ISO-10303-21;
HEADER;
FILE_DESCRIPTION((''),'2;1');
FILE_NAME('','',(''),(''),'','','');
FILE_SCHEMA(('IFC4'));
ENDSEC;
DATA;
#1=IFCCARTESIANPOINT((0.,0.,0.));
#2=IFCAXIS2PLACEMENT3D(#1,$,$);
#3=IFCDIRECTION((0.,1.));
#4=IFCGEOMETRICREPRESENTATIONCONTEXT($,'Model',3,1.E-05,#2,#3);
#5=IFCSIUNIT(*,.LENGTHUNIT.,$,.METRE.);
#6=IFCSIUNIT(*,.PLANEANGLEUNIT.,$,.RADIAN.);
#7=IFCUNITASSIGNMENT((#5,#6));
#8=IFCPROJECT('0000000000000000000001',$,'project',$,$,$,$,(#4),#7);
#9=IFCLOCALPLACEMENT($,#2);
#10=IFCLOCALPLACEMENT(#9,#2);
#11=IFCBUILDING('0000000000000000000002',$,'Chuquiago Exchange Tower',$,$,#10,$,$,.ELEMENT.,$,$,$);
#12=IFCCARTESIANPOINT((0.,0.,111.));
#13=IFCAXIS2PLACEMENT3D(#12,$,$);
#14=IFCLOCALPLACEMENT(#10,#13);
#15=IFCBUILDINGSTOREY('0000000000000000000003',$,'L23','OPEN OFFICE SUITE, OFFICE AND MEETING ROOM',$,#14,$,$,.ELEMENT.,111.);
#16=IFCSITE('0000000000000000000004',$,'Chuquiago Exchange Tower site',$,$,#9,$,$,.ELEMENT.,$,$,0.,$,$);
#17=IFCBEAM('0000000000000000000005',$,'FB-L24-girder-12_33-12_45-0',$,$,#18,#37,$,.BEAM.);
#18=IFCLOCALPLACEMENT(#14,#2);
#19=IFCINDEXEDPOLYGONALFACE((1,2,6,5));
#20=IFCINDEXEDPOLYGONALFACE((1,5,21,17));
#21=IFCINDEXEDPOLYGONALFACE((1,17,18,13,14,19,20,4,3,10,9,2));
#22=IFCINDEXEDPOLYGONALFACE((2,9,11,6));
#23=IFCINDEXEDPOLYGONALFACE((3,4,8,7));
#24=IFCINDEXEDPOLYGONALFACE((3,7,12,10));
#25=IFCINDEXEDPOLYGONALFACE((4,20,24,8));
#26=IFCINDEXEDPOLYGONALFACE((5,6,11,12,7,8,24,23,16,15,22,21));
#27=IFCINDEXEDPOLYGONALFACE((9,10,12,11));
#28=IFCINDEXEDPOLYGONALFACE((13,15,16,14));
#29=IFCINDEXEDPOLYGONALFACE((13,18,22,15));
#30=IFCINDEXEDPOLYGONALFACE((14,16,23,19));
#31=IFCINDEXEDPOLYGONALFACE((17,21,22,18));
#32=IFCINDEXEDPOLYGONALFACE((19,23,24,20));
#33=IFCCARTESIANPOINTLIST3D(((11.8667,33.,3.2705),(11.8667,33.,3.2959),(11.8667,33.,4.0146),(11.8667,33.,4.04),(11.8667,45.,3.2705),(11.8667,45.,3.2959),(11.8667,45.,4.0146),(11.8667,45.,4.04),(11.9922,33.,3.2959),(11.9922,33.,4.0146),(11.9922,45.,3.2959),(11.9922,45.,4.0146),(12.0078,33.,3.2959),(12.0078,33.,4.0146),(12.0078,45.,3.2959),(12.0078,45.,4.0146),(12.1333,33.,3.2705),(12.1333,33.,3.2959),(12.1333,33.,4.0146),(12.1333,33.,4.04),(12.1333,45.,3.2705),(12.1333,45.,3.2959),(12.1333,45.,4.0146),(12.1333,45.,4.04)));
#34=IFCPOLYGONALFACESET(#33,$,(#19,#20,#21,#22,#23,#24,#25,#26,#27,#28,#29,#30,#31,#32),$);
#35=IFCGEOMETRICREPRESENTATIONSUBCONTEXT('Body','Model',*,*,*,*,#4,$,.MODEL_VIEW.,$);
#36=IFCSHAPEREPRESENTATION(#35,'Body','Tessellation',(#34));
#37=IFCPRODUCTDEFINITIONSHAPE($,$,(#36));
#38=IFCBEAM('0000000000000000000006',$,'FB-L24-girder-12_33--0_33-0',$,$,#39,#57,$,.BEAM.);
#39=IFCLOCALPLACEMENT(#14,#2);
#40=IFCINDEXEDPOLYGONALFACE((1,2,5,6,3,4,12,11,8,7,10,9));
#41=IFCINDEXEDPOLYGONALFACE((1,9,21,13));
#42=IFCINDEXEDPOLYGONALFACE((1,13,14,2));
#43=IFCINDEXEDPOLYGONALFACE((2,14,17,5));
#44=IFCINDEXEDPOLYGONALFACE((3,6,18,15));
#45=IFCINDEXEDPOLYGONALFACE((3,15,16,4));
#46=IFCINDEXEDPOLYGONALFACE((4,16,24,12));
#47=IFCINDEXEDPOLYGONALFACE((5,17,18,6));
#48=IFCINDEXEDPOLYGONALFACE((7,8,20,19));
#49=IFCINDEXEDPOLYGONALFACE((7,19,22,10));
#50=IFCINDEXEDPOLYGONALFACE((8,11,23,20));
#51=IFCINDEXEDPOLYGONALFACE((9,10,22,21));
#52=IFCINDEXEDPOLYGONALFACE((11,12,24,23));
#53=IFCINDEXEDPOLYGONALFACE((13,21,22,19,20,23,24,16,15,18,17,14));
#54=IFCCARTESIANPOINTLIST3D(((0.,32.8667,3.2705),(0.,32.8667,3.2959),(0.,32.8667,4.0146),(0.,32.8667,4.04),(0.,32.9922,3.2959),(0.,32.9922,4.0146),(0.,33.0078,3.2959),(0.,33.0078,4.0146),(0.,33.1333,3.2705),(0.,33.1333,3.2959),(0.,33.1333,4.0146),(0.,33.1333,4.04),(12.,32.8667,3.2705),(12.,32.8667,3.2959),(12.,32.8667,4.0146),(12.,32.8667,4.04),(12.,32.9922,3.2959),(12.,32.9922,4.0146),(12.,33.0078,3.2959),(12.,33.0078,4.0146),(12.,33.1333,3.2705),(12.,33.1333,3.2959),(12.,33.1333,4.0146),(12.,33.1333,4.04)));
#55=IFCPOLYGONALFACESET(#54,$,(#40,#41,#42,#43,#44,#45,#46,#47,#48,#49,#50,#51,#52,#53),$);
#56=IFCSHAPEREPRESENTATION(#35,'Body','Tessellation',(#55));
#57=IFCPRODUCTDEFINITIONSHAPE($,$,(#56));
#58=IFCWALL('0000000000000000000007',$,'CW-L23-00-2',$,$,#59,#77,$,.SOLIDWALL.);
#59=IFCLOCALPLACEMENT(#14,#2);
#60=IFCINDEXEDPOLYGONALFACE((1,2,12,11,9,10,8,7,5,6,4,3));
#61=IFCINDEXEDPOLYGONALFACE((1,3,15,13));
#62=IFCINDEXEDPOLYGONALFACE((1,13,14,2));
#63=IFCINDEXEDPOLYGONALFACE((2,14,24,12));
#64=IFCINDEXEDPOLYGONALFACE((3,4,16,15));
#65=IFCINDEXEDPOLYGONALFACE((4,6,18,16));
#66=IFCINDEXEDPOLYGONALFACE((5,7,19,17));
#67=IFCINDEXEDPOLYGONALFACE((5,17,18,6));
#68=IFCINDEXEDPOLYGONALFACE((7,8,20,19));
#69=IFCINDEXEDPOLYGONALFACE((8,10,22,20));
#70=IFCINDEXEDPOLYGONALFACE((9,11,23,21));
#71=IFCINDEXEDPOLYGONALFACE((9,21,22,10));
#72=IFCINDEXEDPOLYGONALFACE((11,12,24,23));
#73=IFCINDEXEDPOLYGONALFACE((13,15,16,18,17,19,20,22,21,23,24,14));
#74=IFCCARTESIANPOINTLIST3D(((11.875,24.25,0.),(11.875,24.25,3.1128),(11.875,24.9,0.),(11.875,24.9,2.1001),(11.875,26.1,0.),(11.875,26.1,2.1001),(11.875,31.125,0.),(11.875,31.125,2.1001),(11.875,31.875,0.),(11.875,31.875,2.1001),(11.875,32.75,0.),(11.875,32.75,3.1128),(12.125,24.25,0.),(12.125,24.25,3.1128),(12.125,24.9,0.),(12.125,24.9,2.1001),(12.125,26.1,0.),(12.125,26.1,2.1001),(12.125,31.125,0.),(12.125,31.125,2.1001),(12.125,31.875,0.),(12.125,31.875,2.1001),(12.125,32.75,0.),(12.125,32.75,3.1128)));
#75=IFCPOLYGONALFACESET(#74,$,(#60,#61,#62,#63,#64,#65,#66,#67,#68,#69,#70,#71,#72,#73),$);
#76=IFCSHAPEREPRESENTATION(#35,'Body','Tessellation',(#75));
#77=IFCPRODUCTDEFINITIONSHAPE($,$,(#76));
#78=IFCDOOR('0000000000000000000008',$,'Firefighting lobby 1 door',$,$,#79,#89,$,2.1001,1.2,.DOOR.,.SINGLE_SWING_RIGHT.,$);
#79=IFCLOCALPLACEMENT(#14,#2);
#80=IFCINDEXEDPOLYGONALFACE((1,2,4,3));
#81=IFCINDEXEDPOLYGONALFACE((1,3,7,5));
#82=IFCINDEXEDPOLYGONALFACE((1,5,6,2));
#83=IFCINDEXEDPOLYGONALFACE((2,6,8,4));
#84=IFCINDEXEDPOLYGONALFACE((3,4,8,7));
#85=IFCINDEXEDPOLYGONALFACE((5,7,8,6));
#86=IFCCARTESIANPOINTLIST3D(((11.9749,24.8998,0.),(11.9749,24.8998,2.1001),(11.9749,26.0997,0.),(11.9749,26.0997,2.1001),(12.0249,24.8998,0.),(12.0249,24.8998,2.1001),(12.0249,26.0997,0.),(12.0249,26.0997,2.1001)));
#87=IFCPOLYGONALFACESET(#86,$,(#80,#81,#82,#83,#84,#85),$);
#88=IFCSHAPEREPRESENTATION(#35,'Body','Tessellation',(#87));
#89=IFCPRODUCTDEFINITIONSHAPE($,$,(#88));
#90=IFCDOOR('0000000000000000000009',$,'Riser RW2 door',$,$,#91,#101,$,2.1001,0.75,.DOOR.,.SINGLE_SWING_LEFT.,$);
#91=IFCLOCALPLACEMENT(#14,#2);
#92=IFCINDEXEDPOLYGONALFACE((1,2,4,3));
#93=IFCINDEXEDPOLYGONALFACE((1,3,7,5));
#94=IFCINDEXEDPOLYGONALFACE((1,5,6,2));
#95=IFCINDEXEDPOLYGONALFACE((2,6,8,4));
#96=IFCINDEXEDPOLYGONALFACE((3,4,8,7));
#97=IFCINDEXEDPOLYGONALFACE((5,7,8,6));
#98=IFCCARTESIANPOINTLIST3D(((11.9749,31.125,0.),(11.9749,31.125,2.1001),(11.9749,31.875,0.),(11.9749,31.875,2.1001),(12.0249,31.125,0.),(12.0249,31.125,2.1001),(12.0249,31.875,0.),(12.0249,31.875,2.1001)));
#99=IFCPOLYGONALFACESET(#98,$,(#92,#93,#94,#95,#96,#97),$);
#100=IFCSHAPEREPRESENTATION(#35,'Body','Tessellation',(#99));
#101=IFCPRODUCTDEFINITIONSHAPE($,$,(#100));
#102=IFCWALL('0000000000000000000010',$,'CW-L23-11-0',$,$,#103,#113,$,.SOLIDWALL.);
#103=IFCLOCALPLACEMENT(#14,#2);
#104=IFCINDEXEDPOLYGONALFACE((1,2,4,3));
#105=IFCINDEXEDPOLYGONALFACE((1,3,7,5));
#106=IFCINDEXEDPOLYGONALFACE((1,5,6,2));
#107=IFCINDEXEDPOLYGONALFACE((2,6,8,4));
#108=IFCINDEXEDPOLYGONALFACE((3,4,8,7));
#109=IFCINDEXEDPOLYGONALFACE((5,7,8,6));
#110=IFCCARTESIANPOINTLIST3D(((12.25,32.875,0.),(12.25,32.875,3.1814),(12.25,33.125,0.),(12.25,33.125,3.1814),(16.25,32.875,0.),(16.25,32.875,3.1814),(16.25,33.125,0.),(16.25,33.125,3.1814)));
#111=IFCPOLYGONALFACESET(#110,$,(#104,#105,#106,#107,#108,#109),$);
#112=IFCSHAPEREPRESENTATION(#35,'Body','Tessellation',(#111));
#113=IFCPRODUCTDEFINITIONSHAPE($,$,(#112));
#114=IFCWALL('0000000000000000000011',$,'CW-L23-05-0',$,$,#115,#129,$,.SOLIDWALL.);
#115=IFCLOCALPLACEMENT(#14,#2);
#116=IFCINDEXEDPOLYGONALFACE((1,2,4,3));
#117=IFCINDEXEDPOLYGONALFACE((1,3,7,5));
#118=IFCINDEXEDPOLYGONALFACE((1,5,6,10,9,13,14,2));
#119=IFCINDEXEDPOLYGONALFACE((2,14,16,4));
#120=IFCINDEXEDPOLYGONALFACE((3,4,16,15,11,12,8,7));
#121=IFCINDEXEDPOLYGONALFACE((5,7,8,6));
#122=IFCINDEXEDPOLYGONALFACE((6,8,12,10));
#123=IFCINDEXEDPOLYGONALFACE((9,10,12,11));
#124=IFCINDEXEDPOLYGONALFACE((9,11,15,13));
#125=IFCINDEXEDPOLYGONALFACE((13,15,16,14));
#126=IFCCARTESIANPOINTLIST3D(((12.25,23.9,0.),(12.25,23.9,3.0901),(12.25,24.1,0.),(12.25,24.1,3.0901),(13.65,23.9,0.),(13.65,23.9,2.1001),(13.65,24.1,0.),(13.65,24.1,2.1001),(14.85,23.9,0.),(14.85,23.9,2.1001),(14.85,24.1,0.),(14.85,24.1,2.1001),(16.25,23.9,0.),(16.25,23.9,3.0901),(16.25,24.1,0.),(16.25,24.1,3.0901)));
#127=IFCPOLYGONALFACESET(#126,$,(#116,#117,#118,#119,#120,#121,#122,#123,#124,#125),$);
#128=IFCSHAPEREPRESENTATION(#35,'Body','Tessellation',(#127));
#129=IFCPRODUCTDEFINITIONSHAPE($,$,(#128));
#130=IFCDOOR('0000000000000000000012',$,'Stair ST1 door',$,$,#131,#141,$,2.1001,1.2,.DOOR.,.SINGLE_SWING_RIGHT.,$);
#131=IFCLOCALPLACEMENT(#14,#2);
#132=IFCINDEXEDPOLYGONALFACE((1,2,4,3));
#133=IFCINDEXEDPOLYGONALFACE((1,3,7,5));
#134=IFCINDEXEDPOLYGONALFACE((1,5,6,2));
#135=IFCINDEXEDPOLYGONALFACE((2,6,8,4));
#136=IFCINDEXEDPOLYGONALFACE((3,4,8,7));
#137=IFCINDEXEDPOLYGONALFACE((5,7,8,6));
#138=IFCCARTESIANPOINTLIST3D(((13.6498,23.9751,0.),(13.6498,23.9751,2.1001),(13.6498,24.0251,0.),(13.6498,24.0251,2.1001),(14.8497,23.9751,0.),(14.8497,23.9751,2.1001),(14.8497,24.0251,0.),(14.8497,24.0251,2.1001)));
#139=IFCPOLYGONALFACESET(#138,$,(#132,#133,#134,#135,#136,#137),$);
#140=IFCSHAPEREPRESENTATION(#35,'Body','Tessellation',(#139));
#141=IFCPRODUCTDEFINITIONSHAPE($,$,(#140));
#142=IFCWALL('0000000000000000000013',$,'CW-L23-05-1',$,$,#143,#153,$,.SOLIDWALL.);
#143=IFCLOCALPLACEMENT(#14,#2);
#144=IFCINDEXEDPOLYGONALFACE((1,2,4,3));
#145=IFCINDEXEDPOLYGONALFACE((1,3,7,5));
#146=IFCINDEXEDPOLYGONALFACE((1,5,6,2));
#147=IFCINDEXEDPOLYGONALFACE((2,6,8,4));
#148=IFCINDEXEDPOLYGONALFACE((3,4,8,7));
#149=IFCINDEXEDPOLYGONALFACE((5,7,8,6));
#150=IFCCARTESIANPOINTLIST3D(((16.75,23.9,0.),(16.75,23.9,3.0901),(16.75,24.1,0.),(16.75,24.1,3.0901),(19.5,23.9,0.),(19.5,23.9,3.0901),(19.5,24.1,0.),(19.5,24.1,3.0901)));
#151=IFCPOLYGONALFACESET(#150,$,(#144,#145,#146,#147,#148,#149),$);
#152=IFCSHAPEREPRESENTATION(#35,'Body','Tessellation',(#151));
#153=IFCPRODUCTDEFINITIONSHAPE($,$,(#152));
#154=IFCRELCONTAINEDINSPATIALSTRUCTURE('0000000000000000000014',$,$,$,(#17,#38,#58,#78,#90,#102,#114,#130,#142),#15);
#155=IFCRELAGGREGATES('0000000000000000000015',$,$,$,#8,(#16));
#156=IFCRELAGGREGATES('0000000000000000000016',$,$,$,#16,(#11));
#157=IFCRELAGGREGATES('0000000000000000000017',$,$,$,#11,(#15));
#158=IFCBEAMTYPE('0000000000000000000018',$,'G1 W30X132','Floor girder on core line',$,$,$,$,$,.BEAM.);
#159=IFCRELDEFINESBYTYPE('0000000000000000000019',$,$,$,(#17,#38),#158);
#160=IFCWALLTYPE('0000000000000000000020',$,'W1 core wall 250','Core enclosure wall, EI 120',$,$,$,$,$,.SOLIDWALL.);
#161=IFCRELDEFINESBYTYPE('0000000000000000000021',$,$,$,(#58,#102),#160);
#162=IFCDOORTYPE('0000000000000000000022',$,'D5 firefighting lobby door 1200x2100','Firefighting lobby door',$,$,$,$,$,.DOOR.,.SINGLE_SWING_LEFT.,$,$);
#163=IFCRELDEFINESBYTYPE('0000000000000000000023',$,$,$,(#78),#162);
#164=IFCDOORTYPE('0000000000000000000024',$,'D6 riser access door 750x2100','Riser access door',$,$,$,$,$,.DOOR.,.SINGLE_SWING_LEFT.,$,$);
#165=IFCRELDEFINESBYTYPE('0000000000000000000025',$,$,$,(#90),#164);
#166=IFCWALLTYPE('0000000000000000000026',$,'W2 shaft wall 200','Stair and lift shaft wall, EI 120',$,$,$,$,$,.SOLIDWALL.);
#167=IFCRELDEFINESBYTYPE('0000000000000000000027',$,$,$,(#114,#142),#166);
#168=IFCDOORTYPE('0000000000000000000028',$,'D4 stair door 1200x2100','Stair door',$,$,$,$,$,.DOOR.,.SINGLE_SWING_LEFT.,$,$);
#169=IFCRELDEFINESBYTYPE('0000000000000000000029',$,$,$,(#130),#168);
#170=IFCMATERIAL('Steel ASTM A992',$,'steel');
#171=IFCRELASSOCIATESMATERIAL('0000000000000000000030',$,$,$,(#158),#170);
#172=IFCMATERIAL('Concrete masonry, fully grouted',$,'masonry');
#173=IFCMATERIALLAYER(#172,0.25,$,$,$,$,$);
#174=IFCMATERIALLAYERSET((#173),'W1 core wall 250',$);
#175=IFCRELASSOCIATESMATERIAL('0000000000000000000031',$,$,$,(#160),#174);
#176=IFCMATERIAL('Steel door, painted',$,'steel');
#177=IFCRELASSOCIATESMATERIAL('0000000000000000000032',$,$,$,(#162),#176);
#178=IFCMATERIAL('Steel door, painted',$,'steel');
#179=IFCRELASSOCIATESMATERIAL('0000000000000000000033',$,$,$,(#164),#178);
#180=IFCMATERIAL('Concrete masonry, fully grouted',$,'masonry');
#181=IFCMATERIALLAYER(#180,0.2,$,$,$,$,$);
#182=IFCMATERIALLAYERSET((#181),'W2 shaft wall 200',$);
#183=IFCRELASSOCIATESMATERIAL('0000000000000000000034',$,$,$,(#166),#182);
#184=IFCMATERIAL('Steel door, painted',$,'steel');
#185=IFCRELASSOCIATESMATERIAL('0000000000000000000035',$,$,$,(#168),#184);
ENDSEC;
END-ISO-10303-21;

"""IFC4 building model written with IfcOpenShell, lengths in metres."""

from ifc_helpers import new_model, si_unit, direction, frame, frame_2d, origin, origin_2d, place, context, subcontext, project, spatial, rectangle, i_section, extrude, material, layer, layer_set, material_profile, profile_set, type_object, element, fill, save


model = new_model("IFC4")

# Units and contexts
model_context = context("Model", 3, precision=1e-05, world=origin(), true_north=direction((0.0, 1.0)))
body_context = subcontext(model_context, "Body", "Model", "MODEL_VIEW")
ifc_project = project(units=[si_unit("LENGTHUNIT", "METRE"), si_unit("PLANEANGLEUNIT", "RADIAN")], contexts=[model_context])

# Site, building, storey
site_placement = place(None, origin())
site = spatial("IfcSite", under=ifc_project, at=site_placement, Name="Chuquiago Exchange Tower site", CompositionType="ELEMENT", RefElevation=0.0)
building_placement = place(site_placement, origin())
building = spatial("IfcBuilding", under=site, at=building_placement, Name="Chuquiago Exchange Tower", CompositionType="ELEMENT")
storey_placement = place(building_placement, frame((0.0, 0.0, 111.0)))
storey = spatial("IfcBuildingStorey", under=building, at=storey_placement, Name="L23", Description="OPEN OFFICE SUITE, OFFICE AND MEETING ROOM", CompositionType="ELEMENT", Elevation=111.0)

# Beams
ifc_material_1 = material(Name="Steel ASTM A992", Category="steel")
ifc_material_profile_1 = material_profile(ifc_material_1, i_section(OverallWidth=0.2666, OverallDepth=0.7695, WebThickness=0.0156, FlangeThickness=0.0254, at=origin_2d()), Name="W30X132")
ifc_profile_set_1 = profile_set([ifc_material_profile_1], Name="Steel ASTM A992")
beam_type_1 = type_object("IfcBeamType", Name="G1 W30X132", Description="Floor girder on core line", PredefinedType="BEAM", material=ifc_profile_set_1)
for number, where, z_axis, x_axis, name in (
    (1, (12.0, 33.0, 3.6553), (0.0, 1.0, 0.0), (-1.0, 0.0, 0.0), "FB-L24-girder-12_33-12_45-0"),
    (2, (12.0, 33.0, 3.6553), (-1.0, 0.0, 0.0), (0.0, -1.0, 0.0), "FB-L24-girder-12_33--0_33-0"),
):
    element("IfcBeam", number, at=place(storey_placement, frame(where, z_axis=z_axis, x_axis=x_axis)), inside=storey, type_object=beam_type_1, Name=name, PredefinedType="BEAM", context=body_context, shape_type="SweptSolid", body=[
        extrude(i_section(OverallWidth=0.2666, OverallDepth=0.7695, WebThickness=0.0156, FlangeThickness=0.0254, at=origin_2d()), origin(), (0.0, 0.0, 1.0), 12.0),
    ])

# Wall, openings, doors
ifc_material_2 = material(Name="Concrete masonry, fully grouted", Category="masonry")
ifc_layer_1 = layer(ifc_material_2, 0.25)
ifc_layer_set_1 = layer_set([ifc_layer_1], Name="W1 core wall 250")
wall_type_1 = type_object("IfcWallType", Name="W1 core wall 250", Description="Core enclosure wall, EI 120", PredefinedType="SOLIDWALL", material=ifc_layer_set_1)
wall_1_placement = place(storey_placement, frame((12.0, 24.25, 0.0), z_axis=(0.0, 0.0, 1.0), x_axis=(0.0, 1.0, 0.0)))
wall_1 = element("IfcWall", 3, at=wall_1_placement, inside=storey, type_object=wall_type_1, Name="CW-L23-00-2", PredefinedType="SOLIDWALL", context=body_context, shape_type="SweptSolid", body=[
    extrude(rectangle(XDim=8.5, YDim=0.25, at=frame_2d((4.25, 0.0))), origin(), (0.0, 0.0, 1.0), 3.1128),
])
opening_1_placement = place(wall_1_placement, frame((0.6499, 0.0, 0.0)))
opening_1 = element("IfcOpeningElement", 4, at=opening_1_placement, cuts=wall_1, PredefinedType="OPENING", context=body_context, shape_type="SweptSolid", body=[
    extrude(rectangle(XDim=1.2, YDim=2.1001, at=frame_2d((0.6001, 1.05))), frame((0.0, 0.135, 0.0), z_axis=(0.0, -1.0, 0.0), x_axis=(1.0, 0.0, 0.0)), (0.0, 0.0, 1.0), 0.27),
])
opening_2_placement = place(wall_1_placement, frame((6.875, 0.0, 0.0)))
opening_2 = element("IfcOpeningElement", 5, at=opening_2_placement, cuts=wall_1, PredefinedType="OPENING", context=body_context, shape_type="SweptSolid", body=[
    extrude(rectangle(XDim=0.75, YDim=2.1001, at=frame_2d((0.375, 1.05))), frame((0.0, 0.135, 0.0), z_axis=(0.0, -1.0, 0.0), x_axis=(1.0, 0.0, 0.0)), (0.0, 0.0, 1.0), 0.27),
])
ifc_material_3 = material(Name="Steel door, painted", Category="steel")
door_type_1 = type_object("IfcDoorType", Name="D5 firefighting lobby door 1200x2100", Description="Firefighting lobby door", OperationType="SINGLE_SWING_LEFT", PredefinedType="DOOR", material=ifc_material_3)
door_1_placement = place(opening_1_placement, frame((1.2, 0.0, 0.0), z_axis=(0.0, 0.0, 1.0), x_axis=(-1.0, 0.0, 0.0)))
door_1 = element("IfcDoor", 6, at=door_1_placement, inside=storey, type_object=door_type_1, Name="Firefighting lobby 1 door", OperationType="SINGLE_SWING_RIGHT", OverallHeight=2.1001, OverallWidth=1.2, PredefinedType="DOOR", context=body_context, shape_type="SweptSolid", body=[
    extrude(rectangle(XDim=1.2, YDim=2.1001, at=frame_2d((0.6001, 1.05))), frame((0.0, 0.0249, 0.0), z_axis=(0.0, -1.0, 0.0), x_axis=(1.0, 0.0, 0.0)), (0.0, 0.0, 1.0), 0.05),
])
fill(opening_1, door_1)
ifc_material_4 = material(Name="Steel door, painted", Category="steel")
door_type_2 = type_object("IfcDoorType", Name="D6 riser access door 750x2100", Description="Riser access door", OperationType="SINGLE_SWING_LEFT", PredefinedType="DOOR", material=ifc_material_4)
door_2_placement = place(opening_2_placement, frame((0.75, 0.0, 0.0), z_axis=(0.0, 0.0, 1.0), x_axis=(-1.0, 0.0, 0.0)))
door_2 = element("IfcDoor", 7, at=door_2_placement, inside=storey, type_object=door_type_2, Name="Riser RW2 door", OperationType="SINGLE_SWING_LEFT", OverallHeight=2.1001, OverallWidth=0.75, PredefinedType="DOOR", context=body_context, shape_type="SweptSolid", body=[
    extrude(rectangle(XDim=0.75, YDim=2.1001, at=frame_2d((0.375, 1.05))), frame((0.0, 0.0249, 0.0), z_axis=(0.0, -1.0, 0.0), x_axis=(1.0, 0.0, 0.0)), (0.0, 0.0, 1.0), 0.05),
])
fill(opening_2, door_2)

# Wall
wall_2_placement = place(storey_placement, frame((12.25, 33.0, 0.0), z_axis=(0.0, 0.0, 1.0), x_axis=(1.0, 0.0, 0.0)))
element("IfcWall", 8, at=wall_2_placement, inside=storey, type_object=wall_type_1, Name="CW-L23-11-0", PredefinedType="SOLIDWALL", context=body_context, shape_type="SweptSolid", body=[
    extrude(rectangle(XDim=4.0, YDim=0.25, at=frame_2d((2.0, 0.0))), origin(), (0.0, 0.0, 1.0), 3.1814),
])

# Wall, opening, door
ifc_material_5 = material(Name="Concrete masonry, fully grouted", Category="masonry")
ifc_layer_2 = layer(ifc_material_5, 0.2)
ifc_layer_set_2 = layer_set([ifc_layer_2], Name="W2 shaft wall 200")
wall_type_2 = type_object("IfcWallType", Name="W2 shaft wall 200", Description="Stair and lift shaft wall, EI 120", PredefinedType="SOLIDWALL", material=ifc_layer_set_2)
wall_3_placement = place(storey_placement, frame((12.25, 24.0, 0.0), z_axis=(0.0, 0.0, 1.0), x_axis=(1.0, 0.0, 0.0)))
wall_3 = element("IfcWall", 9, at=wall_3_placement, inside=storey, type_object=wall_type_2, Name="CW-L23-05-0", PredefinedType="SOLIDWALL", context=body_context, shape_type="SweptSolid", body=[
    extrude(rectangle(XDim=4.0, YDim=0.2, at=frame_2d((2.0, 0.0))), origin(), (0.0, 0.0, 1.0), 3.0901),
])
opening_3_placement = place(wall_3_placement, frame((1.3999, 0.0, 0.0)))
opening_3 = element("IfcOpeningElement", 10, at=opening_3_placement, cuts=wall_3, PredefinedType="OPENING", context=body_context, shape_type="SweptSolid", body=[
    extrude(rectangle(XDim=1.2, YDim=2.1001, at=frame_2d((0.6001, 1.05))), frame((0.0, 0.1099, 0.0), z_axis=(0.0, -1.0, 0.0), x_axis=(1.0, 0.0, 0.0)), (0.0, 0.0, 1.0), 0.22),
])
ifc_material_6 = material(Name="Steel door, painted", Category="steel")
door_type_3 = type_object("IfcDoorType", Name="D4 stair door 1200x2100", Description="Stair door", OperationType="SINGLE_SWING_LEFT", PredefinedType="DOOR", material=ifc_material_6)
door_3_placement = place(opening_3_placement, frame((1.2, 0.0, 0.0), z_axis=(0.0, 0.0, 1.0), x_axis=(-1.0, 0.0, 0.0)))
door_3 = element("IfcDoor", 11, at=door_3_placement, inside=storey, type_object=door_type_3, Name="Stair ST1 door", OperationType="SINGLE_SWING_RIGHT", OverallHeight=2.1001, OverallWidth=1.2, PredefinedType="DOOR", context=body_context, shape_type="SweptSolid", body=[
    extrude(rectangle(XDim=1.2, YDim=2.1001, at=frame_2d((0.6001, 1.05))), frame((0.0, 0.0249, 0.0), z_axis=(0.0, -1.0, 0.0), x_axis=(1.0, 0.0, 0.0)), (0.0, 0.0, 1.0), 0.05),
])
fill(opening_3, door_3)

# Wall
wall_4_placement = place(storey_placement, frame((16.75, 24.0, 0.0), z_axis=(0.0, 0.0, 1.0), x_axis=(1.0, 0.0, 0.0)))
element("IfcWall", 12, at=wall_4_placement, inside=storey, type_object=wall_type_2, Name="CW-L23-05-1", PredefinedType="SOLIDWALL", context=body_context, shape_type="SweptSolid", body=[
    extrude(rectangle(XDim=2.75, YDim=0.2, at=frame_2d((1.375, 0.0))), origin(), (0.0, 0.0, 1.0), 3.0901),
])

save(model, "model.ifc")
